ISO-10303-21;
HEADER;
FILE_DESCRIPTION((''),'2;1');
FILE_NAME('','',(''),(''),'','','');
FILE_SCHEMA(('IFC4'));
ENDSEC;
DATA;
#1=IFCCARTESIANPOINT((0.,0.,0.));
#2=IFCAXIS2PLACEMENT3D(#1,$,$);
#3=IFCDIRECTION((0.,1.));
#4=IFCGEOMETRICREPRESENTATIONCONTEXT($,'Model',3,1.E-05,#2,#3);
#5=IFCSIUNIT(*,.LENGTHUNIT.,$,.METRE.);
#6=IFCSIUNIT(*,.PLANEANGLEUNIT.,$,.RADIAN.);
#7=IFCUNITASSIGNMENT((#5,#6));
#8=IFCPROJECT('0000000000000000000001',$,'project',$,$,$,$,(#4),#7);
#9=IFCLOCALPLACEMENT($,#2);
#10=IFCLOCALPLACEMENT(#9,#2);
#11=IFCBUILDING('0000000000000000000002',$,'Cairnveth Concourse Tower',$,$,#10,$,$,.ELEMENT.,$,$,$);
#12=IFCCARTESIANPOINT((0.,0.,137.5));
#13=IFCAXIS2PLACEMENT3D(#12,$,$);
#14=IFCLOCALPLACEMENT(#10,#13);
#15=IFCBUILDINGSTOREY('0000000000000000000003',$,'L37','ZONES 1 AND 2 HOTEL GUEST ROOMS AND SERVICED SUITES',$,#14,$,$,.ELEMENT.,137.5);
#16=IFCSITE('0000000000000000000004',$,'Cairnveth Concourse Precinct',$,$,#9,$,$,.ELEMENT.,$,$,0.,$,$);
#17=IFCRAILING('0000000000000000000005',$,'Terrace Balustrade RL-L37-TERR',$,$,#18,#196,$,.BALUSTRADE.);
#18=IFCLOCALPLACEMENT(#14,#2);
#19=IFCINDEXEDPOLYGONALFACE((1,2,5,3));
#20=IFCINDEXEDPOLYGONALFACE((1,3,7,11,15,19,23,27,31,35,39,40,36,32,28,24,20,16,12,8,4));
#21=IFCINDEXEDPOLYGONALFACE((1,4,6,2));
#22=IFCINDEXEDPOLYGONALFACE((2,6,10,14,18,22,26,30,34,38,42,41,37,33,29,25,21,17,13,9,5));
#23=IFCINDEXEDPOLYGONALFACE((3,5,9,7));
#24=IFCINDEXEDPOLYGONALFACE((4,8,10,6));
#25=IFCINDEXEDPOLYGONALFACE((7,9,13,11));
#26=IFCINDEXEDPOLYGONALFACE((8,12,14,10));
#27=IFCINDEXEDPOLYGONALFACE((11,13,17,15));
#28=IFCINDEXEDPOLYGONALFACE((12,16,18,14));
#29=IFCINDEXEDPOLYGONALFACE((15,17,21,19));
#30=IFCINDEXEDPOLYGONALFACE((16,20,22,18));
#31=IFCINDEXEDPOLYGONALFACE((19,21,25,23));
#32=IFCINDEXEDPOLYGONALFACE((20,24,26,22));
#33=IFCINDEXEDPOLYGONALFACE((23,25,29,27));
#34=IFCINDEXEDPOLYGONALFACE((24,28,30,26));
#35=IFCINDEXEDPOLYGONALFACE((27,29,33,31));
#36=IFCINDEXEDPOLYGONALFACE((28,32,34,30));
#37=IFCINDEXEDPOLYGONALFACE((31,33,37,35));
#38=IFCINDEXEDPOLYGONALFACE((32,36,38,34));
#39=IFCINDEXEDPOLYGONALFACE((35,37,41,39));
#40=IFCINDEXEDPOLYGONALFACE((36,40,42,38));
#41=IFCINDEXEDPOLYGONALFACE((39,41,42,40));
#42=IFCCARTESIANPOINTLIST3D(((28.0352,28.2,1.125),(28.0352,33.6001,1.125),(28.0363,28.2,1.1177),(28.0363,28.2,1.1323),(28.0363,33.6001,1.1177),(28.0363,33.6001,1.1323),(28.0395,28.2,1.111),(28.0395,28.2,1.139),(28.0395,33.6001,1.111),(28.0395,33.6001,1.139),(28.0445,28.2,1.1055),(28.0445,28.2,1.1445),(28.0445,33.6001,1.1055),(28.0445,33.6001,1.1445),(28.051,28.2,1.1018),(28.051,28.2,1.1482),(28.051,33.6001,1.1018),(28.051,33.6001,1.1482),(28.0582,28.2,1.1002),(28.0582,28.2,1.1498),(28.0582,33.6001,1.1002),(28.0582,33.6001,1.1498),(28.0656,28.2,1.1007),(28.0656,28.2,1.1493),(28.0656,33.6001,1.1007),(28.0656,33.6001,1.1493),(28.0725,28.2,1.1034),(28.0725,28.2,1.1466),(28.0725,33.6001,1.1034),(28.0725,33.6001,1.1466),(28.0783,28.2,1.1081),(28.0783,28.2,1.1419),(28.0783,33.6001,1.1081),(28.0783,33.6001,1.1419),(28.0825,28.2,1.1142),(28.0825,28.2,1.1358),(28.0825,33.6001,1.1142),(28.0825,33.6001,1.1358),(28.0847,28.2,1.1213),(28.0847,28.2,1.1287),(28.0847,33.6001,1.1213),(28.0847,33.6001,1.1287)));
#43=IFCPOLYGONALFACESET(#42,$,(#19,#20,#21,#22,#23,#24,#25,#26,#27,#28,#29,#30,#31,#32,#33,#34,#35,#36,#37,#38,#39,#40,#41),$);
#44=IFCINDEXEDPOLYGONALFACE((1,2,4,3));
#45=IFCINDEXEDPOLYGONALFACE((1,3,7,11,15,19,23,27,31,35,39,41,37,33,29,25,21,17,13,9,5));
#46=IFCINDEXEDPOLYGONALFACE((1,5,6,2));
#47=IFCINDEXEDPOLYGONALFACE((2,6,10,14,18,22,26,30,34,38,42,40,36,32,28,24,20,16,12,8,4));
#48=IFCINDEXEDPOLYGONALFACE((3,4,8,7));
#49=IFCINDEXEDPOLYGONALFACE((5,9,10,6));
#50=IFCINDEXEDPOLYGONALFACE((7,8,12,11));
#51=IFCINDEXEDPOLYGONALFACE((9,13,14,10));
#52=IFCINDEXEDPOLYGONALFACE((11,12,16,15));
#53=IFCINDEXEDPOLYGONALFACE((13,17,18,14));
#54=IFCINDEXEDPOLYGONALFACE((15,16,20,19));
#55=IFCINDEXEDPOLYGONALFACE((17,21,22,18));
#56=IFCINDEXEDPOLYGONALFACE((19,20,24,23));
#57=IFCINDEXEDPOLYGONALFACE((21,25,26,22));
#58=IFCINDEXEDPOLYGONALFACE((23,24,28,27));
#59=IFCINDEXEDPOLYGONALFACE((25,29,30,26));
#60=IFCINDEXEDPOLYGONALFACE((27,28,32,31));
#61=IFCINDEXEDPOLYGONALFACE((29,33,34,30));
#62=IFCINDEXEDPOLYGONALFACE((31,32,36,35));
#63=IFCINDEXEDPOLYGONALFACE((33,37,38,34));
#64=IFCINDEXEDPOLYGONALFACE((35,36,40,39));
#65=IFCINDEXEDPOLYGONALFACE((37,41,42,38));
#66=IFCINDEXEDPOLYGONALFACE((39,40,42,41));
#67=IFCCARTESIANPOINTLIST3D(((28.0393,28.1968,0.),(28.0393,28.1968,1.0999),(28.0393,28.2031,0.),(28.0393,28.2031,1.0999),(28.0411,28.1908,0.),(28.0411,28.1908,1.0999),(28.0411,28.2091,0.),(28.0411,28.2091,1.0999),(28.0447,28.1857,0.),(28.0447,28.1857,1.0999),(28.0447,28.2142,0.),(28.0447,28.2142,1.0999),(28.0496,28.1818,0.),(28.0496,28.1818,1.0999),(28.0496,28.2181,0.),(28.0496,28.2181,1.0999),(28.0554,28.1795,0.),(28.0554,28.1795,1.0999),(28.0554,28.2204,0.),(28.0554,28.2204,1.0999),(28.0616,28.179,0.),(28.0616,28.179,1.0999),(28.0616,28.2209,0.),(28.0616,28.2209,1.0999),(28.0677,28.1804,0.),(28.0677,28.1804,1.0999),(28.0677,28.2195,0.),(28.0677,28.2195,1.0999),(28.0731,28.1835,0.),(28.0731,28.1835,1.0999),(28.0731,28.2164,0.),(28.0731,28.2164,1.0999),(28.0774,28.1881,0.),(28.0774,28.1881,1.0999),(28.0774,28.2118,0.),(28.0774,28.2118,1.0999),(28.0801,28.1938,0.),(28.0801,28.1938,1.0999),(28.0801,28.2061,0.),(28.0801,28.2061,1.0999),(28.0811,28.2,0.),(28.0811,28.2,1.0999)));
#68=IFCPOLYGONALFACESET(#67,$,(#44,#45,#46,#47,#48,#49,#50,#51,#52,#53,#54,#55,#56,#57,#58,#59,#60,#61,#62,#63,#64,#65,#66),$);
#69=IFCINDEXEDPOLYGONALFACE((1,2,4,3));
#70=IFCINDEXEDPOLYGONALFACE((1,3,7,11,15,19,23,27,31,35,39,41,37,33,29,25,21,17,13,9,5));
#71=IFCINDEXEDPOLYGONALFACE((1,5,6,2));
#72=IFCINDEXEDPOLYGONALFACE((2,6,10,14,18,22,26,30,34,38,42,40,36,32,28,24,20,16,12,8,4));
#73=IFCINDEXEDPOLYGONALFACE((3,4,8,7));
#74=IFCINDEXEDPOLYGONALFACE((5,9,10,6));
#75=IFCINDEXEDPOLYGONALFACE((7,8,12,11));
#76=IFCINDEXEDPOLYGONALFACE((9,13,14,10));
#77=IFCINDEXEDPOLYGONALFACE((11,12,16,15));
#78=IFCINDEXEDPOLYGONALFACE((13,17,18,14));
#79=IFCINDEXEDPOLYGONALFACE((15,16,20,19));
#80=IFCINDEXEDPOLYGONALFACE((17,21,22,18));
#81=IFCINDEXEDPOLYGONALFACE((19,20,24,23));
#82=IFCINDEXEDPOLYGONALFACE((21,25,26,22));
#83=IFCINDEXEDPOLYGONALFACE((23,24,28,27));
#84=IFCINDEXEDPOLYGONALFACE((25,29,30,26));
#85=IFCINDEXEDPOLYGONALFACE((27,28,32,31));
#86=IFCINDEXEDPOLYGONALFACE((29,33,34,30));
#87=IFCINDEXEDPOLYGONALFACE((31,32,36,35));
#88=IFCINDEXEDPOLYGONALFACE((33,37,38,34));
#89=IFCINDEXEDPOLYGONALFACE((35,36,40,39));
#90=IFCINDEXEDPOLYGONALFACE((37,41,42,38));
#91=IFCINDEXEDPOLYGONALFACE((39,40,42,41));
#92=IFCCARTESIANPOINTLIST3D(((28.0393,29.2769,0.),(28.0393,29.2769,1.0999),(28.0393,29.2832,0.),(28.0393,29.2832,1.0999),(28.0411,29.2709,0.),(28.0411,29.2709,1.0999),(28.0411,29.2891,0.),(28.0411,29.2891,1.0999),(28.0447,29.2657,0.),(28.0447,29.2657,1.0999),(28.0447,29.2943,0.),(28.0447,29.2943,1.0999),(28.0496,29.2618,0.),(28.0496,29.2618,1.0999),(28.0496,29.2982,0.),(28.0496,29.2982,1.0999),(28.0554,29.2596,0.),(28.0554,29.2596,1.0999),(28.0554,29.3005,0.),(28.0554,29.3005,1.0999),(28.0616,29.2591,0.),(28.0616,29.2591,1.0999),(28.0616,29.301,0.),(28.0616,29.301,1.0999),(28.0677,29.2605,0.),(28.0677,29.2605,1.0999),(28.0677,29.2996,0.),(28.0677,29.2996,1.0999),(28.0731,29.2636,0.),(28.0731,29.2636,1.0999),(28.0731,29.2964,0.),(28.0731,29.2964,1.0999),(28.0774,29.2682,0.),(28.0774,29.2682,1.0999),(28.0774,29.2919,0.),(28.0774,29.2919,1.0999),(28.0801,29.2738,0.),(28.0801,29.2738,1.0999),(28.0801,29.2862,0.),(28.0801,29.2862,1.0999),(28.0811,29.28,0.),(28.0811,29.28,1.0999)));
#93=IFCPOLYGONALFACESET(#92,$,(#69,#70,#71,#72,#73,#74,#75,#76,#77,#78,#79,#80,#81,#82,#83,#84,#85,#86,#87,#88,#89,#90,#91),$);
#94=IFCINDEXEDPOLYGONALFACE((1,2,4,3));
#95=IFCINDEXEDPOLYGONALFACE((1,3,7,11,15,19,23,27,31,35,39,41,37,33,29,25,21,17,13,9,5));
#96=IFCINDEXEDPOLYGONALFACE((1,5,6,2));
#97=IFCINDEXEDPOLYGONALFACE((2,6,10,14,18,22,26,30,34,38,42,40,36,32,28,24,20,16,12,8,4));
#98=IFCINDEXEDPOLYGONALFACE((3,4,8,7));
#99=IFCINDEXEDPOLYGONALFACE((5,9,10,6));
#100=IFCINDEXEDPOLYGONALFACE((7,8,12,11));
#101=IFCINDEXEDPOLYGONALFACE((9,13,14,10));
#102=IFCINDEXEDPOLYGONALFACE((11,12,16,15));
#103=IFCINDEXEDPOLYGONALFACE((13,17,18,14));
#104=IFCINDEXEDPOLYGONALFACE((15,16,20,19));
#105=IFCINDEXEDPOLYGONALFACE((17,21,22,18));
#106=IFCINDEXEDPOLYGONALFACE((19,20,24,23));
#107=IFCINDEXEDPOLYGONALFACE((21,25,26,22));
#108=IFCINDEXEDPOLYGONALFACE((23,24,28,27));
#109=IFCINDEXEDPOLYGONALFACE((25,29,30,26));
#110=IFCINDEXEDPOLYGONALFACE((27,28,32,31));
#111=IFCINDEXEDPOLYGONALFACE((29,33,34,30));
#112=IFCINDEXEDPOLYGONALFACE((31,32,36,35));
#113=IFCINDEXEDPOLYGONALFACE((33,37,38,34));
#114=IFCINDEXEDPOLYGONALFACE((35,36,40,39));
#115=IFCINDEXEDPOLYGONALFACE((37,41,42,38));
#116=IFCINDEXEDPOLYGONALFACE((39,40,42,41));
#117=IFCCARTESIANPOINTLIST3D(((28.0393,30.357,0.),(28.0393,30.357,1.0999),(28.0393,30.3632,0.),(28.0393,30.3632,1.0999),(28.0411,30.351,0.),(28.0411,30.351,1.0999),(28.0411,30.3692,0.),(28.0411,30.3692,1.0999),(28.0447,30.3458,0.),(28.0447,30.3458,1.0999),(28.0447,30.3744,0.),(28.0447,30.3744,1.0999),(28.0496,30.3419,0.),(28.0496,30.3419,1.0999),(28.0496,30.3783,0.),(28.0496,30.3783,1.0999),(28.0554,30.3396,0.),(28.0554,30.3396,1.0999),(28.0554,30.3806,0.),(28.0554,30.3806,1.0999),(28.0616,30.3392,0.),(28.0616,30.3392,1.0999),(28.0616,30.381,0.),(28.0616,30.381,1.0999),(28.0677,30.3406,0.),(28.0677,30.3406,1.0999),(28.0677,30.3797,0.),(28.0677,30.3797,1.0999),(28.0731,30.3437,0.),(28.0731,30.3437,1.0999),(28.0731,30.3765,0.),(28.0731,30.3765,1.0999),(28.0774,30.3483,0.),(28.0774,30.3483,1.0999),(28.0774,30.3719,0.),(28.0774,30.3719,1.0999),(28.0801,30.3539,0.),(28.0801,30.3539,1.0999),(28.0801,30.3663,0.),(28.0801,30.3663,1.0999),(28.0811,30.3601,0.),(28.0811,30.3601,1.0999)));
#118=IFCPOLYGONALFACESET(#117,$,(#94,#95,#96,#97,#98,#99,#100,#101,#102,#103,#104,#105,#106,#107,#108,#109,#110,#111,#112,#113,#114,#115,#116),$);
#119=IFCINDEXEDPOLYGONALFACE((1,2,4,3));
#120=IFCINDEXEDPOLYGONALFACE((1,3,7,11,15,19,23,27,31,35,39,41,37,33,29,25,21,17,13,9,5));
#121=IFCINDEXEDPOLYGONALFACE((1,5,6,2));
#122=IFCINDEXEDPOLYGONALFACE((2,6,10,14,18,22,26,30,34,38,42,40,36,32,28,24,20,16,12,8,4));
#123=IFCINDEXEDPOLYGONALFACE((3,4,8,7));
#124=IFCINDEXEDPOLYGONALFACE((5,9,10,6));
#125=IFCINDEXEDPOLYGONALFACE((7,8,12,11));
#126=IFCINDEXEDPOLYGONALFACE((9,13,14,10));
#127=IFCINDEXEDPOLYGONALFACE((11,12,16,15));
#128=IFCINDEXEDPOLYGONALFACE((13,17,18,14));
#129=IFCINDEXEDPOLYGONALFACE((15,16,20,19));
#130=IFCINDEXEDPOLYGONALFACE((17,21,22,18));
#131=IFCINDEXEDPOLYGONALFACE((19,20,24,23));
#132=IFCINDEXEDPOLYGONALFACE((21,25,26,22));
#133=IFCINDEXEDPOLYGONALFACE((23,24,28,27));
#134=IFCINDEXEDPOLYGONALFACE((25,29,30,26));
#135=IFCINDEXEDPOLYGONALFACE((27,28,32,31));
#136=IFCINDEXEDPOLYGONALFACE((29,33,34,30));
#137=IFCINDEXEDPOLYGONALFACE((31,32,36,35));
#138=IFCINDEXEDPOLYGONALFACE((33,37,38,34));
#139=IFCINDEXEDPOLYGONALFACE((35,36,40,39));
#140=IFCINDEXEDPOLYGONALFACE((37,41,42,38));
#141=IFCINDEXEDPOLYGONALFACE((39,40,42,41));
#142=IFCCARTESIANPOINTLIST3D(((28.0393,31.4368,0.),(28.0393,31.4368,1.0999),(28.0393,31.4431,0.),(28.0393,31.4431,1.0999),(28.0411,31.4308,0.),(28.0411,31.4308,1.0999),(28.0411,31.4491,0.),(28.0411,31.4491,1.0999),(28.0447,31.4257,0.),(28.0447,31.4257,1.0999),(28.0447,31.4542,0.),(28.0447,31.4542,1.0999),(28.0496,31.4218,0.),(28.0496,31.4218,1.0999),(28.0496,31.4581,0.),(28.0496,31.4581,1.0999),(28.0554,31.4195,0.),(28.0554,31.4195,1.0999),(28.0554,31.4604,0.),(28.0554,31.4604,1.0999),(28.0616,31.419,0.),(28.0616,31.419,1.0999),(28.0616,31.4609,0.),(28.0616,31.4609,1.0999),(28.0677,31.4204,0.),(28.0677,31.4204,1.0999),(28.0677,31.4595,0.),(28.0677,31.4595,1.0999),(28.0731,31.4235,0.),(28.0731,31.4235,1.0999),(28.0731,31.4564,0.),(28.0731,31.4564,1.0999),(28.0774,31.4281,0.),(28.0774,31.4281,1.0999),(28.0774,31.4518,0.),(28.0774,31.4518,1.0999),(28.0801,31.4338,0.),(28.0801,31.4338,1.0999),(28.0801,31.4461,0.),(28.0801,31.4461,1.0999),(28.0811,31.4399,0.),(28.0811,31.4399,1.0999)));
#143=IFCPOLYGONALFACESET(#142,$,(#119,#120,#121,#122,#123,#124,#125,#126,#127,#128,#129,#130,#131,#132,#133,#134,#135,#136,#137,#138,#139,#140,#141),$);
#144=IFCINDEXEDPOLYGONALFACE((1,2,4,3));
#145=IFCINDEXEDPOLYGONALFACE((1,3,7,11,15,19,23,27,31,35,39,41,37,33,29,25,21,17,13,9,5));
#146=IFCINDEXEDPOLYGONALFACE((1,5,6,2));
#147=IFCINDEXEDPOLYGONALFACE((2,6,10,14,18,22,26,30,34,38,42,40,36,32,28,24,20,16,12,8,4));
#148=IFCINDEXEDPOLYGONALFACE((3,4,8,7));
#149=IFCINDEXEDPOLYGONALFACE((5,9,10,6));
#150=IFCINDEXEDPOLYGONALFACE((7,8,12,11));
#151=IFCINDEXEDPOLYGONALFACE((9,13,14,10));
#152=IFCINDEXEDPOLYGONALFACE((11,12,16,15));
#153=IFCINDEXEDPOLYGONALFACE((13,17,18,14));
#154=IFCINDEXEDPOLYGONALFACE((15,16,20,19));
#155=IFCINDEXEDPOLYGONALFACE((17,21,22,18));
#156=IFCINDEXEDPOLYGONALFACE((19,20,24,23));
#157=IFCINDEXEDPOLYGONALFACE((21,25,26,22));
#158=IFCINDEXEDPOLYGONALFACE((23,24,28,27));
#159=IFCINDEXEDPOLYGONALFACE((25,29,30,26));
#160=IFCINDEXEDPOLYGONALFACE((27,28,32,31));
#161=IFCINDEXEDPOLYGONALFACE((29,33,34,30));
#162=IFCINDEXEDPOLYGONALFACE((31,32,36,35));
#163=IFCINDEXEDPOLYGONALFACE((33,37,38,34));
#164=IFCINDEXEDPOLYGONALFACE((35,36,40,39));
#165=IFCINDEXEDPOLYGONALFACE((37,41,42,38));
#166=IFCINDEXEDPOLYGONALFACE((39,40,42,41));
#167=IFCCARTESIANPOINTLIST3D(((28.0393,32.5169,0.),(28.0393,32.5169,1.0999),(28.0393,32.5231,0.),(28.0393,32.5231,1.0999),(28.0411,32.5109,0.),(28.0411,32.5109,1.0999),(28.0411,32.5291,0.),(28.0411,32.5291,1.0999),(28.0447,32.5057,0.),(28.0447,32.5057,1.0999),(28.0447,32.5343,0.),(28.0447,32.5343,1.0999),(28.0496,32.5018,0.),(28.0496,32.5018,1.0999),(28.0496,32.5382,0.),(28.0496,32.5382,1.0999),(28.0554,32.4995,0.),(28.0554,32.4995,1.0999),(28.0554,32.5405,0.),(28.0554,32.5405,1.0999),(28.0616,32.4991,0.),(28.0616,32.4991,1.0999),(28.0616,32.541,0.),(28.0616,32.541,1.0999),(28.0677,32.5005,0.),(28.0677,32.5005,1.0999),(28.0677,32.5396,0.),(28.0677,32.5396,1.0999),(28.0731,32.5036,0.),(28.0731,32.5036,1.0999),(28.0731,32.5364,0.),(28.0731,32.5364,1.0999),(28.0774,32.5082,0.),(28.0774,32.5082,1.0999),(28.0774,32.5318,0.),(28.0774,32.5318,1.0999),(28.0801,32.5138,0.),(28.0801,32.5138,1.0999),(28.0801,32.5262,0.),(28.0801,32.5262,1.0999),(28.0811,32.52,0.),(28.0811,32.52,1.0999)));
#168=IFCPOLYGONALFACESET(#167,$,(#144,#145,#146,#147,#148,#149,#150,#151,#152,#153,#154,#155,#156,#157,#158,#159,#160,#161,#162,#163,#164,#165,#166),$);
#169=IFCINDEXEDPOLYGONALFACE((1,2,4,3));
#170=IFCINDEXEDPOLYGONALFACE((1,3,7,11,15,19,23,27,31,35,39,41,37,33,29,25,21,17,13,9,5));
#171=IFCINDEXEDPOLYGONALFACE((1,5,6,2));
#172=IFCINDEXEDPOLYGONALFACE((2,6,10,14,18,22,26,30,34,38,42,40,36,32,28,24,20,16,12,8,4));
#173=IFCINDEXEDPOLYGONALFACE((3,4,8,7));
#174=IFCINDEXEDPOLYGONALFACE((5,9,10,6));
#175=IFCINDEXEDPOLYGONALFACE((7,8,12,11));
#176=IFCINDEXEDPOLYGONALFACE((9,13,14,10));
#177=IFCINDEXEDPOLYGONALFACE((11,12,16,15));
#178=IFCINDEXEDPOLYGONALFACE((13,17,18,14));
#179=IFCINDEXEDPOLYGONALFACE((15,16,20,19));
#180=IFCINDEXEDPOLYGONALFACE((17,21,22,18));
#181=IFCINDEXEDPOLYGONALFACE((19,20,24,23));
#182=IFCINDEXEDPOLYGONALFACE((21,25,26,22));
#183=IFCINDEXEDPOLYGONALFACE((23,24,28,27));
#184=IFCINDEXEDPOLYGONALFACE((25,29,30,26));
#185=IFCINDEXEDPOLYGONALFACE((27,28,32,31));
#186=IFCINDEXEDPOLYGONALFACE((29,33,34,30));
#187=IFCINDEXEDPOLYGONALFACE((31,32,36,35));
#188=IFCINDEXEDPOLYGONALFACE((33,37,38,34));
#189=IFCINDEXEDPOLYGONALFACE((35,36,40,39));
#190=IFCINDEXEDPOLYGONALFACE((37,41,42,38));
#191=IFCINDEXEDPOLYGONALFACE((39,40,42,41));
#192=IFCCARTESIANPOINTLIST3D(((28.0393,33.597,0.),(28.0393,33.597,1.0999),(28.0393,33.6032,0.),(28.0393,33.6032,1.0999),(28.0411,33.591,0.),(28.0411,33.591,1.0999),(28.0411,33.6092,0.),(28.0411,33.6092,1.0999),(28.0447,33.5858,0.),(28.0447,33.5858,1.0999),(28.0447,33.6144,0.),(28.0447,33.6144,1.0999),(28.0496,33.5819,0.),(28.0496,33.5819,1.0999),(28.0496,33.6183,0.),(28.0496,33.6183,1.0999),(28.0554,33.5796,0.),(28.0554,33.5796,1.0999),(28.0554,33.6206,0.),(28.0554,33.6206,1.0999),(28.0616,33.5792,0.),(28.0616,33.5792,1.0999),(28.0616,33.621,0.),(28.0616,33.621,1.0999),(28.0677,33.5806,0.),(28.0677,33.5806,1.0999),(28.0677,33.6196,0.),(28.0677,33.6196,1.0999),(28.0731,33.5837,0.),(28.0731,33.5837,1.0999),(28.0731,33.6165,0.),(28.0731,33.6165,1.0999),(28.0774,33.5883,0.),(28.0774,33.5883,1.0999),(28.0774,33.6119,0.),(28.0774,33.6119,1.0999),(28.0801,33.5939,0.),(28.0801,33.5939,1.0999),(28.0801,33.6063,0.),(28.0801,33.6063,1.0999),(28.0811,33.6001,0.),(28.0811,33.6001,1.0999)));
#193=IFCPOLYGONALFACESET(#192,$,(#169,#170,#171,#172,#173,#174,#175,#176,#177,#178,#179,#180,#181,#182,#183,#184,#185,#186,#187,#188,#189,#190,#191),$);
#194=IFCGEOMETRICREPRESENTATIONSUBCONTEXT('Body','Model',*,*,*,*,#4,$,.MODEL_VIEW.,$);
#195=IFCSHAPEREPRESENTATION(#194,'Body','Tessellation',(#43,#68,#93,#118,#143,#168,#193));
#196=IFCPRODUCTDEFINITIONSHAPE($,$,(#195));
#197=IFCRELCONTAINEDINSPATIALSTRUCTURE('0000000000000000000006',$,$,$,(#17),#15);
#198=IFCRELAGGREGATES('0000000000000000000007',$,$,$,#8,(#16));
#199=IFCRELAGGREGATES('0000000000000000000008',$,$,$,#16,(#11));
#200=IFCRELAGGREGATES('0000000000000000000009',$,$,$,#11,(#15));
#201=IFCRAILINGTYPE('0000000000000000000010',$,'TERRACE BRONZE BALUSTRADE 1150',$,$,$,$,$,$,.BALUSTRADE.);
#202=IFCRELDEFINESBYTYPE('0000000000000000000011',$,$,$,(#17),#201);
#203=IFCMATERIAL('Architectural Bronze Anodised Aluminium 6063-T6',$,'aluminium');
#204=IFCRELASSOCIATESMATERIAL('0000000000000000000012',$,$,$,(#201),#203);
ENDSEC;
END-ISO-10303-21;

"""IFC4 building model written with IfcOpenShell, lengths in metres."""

from ifc_helpers import new_model, si_unit, direction, frame, origin, origin_2d, place, context, subcontext, project, spatial, circle, extrude, material, type_object, element, save


model = new_model("IFC4")

# Units and contexts
model_context = context("Model", 3, precision=1e-05, world=origin(), true_north=direction((0.0, 1.0)))
body_context = subcontext(model_context, "Body", "Model", "MODEL_VIEW")
ifc_project = project(units=[si_unit("LENGTHUNIT", "METRE"), si_unit("PLANEANGLEUNIT", "RADIAN")], contexts=[model_context])

# Site, building, storey
site_placement = place(None, origin())
site = spatial("IfcSite", under=ifc_project, at=site_placement, Name="Cairnveth Concourse Precinct", CompositionType="ELEMENT", RefElevation=0.0)
building_placement = place(site_placement, origin())
building = spatial("IfcBuilding", under=site, at=building_placement, Name="Cairnveth Concourse Tower", CompositionType="ELEMENT")
storey_placement = place(building_placement, frame((0.0, 0.0, 137.5)))
storey = spatial("IfcBuildingStorey", under=building, at=storey_placement, Name="L37", Description="ZONES 1 AND 2 HOTEL GUEST ROOMS AND SERVICED SUITES", CompositionType="ELEMENT", Elevation=137.5)

# Shared definitions
ifc_material_1 = material(Name="Architectural Bronze Anodised Aluminium 6063-T6", Category="aluminium")

# Railing
railing_type = type_object("IfcRailingType", Name="TERRACE BRONZE BALUSTRADE 1150", PredefinedType="BALUSTRADE", material=ifc_material_1)
railing_placement = place(storey_placement, frame((28.0601, 28.2, 0.0)))
element("IfcRailing", 1, at=railing_placement, inside=storey, type_object=railing_type, Name="Terrace Balustrade RL-L37-TERR", PredefinedType="BALUSTRADE", context=body_context, shape_type="SweptSolid", body=[
    extrude(circle(Radius=0.0249, at=origin_2d()), frame((0.0, 0.0, 1.125), z_axis=(0.0, 1.0, 0.0), x_axis=(-1.0, 0.0, 0.0)), (0.0, 0.0, 1.0), 5.4001),
    extrude(circle(Radius=0.021, at=origin_2d()), origin(), (0.0, 0.0, 1.0), 1.0999),
    extrude(circle(Radius=0.021, at=origin_2d()), frame((0.0, 1.0801, 0.0)), (0.0, 0.0, 1.0), 1.0999),
    extrude(circle(Radius=0.021, at=origin_2d()), frame((0.0, 2.1602, 0.0)), (0.0, 0.0, 1.0), 1.0999),
    extrude(circle(Radius=0.021, at=origin_2d()), frame((0.0, 3.24, 0.0)), (0.0, 0.0, 1.0), 1.0999),
    extrude(circle(Radius=0.021, at=origin_2d()), frame((0.0, 4.3201, 0.0)), (0.0, 0.0, 1.0), 1.0999),
    extrude(circle(Radius=0.021, at=origin_2d()), frame((0.0, 5.4001, 0.0)), (0.0, 0.0, 1.0), 1.0999),
])

save(model, "model.ifc")
